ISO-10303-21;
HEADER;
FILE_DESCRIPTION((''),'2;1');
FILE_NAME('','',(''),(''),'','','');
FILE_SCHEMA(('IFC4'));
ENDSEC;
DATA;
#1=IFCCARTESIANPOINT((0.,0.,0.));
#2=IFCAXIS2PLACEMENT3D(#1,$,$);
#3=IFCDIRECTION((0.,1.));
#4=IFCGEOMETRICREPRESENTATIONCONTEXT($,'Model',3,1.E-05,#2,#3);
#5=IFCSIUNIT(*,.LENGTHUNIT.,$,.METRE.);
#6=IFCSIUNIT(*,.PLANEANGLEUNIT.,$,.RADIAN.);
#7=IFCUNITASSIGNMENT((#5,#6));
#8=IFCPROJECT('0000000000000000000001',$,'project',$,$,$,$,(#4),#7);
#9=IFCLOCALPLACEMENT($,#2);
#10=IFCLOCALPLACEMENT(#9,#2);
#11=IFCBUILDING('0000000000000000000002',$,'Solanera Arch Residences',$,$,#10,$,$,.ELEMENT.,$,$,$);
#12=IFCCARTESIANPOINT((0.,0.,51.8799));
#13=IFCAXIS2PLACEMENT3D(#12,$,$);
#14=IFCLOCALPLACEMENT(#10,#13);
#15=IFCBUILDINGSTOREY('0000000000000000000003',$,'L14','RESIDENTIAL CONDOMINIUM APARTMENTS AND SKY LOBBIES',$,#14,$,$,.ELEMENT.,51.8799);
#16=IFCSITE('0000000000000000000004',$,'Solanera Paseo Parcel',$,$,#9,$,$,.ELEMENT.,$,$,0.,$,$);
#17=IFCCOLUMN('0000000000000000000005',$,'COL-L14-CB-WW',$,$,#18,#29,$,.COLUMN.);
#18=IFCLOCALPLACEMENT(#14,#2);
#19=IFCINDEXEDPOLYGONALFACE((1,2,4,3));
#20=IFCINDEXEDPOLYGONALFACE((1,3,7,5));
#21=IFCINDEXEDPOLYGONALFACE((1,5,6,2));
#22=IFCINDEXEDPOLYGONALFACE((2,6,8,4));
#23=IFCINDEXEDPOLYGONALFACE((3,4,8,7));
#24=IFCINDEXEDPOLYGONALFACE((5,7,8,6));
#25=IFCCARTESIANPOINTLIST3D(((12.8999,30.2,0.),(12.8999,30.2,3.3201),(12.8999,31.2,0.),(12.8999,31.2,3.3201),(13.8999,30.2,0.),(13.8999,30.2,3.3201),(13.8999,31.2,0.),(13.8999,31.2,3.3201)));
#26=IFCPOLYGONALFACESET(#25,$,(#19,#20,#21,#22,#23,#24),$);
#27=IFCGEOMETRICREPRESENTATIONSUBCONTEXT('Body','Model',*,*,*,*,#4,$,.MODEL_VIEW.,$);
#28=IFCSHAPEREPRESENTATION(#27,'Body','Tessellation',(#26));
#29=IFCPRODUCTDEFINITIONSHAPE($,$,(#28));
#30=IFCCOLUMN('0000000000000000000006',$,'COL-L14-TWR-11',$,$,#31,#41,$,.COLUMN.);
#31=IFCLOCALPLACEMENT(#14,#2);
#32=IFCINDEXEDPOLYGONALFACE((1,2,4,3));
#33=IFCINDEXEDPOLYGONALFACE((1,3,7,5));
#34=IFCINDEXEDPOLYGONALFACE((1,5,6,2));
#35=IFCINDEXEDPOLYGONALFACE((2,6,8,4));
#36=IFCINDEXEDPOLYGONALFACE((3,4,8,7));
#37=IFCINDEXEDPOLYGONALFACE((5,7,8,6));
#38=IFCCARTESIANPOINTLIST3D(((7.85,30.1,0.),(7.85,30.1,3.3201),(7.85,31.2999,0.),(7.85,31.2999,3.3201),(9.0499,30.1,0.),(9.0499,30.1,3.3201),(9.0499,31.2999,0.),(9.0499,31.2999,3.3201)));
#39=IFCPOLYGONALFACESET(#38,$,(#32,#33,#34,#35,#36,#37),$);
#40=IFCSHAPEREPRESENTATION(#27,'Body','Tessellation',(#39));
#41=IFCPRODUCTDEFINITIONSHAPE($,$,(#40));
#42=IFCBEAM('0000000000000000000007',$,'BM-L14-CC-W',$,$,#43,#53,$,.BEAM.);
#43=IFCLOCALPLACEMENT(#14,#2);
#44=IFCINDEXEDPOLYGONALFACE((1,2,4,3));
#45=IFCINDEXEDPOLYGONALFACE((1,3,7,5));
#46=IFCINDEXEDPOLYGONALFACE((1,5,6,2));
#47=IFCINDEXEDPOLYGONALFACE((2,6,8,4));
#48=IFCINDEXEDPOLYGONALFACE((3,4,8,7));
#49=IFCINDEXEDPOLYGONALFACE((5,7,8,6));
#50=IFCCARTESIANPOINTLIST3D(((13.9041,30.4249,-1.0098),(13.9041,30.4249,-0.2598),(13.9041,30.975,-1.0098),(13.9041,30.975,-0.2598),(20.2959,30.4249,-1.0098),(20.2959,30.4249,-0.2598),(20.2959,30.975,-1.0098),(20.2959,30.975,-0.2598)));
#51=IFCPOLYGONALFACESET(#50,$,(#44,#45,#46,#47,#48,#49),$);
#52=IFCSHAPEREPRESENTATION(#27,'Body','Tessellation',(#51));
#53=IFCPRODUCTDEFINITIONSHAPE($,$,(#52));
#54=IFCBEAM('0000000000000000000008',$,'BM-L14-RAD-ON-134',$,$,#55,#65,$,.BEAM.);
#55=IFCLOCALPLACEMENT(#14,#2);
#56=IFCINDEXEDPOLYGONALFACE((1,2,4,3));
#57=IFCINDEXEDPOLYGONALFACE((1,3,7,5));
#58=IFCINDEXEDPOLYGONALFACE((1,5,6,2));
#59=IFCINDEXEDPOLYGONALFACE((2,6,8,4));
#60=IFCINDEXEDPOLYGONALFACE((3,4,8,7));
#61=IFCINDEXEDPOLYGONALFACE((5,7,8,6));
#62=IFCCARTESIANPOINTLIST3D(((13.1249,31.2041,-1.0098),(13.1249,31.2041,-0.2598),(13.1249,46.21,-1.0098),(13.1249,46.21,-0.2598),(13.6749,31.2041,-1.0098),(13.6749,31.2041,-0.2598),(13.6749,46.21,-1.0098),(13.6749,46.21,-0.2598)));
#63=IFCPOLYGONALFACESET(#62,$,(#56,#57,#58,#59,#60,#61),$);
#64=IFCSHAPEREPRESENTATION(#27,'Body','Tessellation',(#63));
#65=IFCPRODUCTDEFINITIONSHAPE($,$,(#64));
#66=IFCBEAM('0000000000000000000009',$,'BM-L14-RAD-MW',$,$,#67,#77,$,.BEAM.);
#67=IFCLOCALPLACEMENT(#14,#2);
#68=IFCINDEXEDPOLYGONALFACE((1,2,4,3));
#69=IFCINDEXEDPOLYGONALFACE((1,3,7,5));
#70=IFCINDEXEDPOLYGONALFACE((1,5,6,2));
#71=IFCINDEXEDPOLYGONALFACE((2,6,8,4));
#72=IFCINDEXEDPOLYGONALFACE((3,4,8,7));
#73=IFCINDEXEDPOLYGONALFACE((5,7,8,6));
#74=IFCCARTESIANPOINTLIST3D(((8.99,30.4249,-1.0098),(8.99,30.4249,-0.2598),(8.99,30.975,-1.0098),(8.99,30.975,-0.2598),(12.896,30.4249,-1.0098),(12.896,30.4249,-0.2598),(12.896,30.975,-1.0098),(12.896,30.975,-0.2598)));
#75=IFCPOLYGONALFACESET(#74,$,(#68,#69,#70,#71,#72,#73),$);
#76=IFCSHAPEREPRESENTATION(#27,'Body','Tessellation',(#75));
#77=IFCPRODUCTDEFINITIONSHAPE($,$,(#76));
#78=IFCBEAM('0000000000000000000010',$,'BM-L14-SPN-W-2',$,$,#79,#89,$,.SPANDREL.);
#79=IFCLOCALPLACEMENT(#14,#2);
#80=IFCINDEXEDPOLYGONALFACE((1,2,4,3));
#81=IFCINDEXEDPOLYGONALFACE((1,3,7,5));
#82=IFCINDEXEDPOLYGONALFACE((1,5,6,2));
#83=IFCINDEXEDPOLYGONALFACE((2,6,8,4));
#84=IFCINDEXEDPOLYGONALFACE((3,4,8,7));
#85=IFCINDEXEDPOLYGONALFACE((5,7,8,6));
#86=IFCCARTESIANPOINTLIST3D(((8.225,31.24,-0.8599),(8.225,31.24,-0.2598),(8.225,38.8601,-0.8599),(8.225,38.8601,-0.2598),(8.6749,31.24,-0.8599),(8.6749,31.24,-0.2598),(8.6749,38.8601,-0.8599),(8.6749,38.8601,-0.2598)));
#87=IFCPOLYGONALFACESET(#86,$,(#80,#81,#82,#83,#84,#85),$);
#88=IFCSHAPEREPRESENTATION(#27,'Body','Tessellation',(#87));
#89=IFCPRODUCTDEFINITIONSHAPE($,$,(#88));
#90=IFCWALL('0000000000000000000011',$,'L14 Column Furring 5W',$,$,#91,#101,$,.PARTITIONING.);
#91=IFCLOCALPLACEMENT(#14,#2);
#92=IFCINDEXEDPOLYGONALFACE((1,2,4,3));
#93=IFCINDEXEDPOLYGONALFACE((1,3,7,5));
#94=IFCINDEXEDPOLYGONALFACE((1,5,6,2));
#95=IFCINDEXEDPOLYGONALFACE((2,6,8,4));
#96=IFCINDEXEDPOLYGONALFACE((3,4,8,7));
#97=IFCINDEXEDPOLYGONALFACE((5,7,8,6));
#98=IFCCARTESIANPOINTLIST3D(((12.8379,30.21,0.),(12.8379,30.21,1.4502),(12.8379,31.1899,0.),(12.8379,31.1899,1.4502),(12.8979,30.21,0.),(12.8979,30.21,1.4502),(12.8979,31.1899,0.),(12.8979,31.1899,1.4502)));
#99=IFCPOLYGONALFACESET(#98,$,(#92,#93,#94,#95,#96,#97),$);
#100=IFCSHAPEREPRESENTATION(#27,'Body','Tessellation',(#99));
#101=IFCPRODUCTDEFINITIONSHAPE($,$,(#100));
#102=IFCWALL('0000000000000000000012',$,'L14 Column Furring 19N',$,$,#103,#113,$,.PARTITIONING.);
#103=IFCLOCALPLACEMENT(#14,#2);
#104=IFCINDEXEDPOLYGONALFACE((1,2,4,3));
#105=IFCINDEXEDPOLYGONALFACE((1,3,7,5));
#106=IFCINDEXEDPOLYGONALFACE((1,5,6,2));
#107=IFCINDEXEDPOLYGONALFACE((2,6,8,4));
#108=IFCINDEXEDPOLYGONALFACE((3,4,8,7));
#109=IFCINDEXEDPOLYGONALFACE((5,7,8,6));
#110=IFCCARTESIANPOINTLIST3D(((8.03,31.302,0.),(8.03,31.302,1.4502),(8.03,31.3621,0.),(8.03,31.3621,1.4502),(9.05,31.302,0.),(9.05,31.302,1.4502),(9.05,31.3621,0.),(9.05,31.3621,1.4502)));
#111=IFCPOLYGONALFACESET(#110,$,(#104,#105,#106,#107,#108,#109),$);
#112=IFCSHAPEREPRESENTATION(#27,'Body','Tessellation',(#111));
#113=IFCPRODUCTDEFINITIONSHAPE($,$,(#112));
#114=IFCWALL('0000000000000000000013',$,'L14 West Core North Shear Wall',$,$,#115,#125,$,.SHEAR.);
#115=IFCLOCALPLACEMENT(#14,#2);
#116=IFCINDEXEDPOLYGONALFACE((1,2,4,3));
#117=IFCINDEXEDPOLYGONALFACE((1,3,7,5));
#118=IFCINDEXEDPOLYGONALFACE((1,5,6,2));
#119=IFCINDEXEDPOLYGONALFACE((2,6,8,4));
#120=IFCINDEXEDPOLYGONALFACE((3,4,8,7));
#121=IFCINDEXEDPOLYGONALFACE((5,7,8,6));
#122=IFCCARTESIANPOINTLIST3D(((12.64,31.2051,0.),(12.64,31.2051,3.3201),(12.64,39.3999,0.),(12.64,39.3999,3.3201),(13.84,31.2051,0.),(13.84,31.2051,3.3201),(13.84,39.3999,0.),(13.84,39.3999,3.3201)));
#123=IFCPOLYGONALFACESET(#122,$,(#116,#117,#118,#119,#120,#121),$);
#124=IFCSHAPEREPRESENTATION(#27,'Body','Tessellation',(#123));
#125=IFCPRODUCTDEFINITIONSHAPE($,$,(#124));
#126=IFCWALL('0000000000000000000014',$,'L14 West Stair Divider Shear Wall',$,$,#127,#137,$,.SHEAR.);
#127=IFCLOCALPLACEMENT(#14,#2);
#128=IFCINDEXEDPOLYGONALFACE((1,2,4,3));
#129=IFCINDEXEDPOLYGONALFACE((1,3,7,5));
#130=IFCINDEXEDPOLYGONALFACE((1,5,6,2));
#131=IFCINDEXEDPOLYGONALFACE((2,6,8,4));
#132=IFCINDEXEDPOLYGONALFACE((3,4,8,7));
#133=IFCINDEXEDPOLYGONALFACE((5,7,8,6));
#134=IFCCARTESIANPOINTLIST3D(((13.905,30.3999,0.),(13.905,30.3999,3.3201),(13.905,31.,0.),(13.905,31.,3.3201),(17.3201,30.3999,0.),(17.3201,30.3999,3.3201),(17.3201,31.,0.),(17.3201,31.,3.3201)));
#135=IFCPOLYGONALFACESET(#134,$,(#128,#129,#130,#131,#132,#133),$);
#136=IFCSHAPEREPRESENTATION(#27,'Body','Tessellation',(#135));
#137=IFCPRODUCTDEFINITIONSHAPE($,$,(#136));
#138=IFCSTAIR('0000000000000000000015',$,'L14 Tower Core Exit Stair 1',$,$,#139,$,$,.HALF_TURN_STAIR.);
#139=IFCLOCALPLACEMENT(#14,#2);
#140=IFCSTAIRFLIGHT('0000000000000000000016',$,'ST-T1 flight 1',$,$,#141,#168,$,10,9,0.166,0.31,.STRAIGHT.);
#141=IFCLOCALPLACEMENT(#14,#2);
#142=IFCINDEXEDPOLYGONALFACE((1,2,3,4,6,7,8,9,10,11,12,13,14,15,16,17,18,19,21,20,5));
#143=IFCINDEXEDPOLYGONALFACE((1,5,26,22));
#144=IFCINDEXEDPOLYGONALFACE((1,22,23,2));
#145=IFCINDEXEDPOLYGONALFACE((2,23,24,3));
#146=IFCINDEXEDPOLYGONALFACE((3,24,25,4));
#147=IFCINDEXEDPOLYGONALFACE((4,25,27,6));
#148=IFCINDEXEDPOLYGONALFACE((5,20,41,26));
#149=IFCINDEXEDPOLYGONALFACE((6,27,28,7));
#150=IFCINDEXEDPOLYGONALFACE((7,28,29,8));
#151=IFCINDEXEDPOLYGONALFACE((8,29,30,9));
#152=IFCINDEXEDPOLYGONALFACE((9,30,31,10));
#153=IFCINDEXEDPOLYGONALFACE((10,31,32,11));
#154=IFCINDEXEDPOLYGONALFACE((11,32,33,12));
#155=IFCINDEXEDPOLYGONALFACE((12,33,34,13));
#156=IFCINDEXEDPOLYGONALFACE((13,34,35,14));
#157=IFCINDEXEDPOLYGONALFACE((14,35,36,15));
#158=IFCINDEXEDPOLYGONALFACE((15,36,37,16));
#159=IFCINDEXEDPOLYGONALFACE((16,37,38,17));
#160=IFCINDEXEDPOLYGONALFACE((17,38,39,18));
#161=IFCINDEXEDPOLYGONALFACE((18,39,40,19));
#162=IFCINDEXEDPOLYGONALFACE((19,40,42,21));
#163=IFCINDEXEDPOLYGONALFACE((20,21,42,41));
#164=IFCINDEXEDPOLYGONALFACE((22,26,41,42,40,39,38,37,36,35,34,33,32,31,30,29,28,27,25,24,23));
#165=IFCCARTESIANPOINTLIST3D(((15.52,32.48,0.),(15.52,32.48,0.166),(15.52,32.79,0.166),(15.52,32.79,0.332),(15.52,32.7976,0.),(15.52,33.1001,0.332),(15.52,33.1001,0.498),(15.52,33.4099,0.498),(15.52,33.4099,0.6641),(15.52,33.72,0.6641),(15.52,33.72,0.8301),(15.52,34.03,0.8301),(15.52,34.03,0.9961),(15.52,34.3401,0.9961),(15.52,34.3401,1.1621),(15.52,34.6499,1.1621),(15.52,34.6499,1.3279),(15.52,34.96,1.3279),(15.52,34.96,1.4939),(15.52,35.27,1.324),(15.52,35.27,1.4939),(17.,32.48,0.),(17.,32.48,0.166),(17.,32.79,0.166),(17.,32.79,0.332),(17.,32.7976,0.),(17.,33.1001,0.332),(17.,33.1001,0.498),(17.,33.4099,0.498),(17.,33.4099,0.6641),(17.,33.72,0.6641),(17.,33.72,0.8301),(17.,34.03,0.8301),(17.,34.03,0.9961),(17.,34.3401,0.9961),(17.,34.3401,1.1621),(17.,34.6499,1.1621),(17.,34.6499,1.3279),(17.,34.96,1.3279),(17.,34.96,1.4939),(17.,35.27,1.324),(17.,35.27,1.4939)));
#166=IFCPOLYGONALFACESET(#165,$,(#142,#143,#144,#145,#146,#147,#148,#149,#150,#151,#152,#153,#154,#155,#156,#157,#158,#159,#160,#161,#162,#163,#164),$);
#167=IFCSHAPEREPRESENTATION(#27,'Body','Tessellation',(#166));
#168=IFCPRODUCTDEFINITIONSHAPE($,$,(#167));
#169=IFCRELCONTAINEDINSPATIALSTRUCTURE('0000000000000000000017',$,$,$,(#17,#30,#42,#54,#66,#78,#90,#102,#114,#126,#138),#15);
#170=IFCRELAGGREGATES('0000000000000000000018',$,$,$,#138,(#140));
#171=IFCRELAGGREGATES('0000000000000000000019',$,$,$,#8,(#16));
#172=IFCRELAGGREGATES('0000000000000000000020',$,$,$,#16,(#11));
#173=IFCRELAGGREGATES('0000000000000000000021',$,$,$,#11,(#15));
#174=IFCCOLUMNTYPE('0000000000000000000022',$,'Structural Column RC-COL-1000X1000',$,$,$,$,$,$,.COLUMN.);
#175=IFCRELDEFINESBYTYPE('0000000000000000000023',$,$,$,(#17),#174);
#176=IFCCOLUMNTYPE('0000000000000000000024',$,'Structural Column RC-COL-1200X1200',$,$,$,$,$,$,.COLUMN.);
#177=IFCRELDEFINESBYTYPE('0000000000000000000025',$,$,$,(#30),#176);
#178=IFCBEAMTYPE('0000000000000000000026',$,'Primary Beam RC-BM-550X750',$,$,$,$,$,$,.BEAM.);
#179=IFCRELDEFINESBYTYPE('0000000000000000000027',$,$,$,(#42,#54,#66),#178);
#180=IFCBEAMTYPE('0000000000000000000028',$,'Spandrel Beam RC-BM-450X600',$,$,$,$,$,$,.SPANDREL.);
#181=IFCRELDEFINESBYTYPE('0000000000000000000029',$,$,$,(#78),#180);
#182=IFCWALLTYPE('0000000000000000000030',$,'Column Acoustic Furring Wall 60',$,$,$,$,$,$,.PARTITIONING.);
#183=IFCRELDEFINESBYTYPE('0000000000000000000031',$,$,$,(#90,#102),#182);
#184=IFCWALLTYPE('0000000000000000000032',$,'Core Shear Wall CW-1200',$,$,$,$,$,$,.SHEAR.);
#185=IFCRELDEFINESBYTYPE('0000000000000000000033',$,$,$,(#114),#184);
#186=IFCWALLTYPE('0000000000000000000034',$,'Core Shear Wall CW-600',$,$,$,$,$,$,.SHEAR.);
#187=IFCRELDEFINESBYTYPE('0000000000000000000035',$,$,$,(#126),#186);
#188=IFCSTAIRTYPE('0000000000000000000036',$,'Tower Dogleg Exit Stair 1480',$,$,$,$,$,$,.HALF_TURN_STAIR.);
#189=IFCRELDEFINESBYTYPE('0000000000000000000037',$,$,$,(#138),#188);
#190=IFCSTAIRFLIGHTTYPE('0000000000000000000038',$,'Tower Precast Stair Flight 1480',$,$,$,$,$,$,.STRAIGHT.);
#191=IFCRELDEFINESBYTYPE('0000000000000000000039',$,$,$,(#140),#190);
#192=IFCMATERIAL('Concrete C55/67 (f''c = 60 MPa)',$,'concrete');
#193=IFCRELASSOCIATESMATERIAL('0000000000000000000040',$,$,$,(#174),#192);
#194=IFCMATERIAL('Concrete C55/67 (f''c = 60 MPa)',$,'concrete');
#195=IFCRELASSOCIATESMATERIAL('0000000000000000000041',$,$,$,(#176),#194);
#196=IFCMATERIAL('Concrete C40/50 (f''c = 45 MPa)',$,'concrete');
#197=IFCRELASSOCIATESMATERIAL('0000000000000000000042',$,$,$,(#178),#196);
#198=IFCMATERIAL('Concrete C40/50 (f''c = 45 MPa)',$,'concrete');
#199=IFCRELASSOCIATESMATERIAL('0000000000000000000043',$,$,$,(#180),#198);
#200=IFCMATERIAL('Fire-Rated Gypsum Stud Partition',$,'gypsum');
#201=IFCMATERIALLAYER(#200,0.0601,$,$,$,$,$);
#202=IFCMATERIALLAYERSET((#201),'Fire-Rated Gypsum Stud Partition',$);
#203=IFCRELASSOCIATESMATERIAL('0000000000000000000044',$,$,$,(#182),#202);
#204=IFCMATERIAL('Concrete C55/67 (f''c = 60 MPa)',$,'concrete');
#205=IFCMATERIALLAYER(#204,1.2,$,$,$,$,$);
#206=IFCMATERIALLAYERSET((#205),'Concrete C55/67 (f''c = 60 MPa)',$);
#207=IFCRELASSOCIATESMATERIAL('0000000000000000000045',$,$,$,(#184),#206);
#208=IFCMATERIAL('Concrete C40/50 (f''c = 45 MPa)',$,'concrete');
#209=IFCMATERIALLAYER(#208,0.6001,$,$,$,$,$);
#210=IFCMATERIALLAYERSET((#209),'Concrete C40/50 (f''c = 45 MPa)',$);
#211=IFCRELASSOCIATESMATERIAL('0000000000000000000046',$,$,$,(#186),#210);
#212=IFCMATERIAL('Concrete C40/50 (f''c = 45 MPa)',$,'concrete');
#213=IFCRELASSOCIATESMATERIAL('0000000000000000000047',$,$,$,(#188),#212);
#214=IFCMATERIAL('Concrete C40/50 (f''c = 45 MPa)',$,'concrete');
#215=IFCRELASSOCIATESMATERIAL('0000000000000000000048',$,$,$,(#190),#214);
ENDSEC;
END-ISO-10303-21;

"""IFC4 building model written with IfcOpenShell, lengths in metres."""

from ifc_helpers import new_model, si_unit, direction, frame, frame_2d, origin, origin_2d, place, context, subcontext, project, spatial, polyline, rectangle, outline, extrude, material, layer, layer_set, material_profile, profile_set, type_object, element, aggregate, save


model = new_model("IFC4")

# Units and contexts
model_context = context("Model", 3, precision=1e-05, world=origin(), true_north=direction((0.0, 1.0)))
body_context = subcontext(model_context, "Body", "Model", "MODEL_VIEW")
ifc_project = project(units=[si_unit("LENGTHUNIT", "METRE"), si_unit("PLANEANGLEUNIT", "RADIAN")], contexts=[model_context])

# Site, building, storey
site_placement = place(None, origin())
site = spatial("IfcSite", under=ifc_project, at=site_placement, Name="Solanera Paseo Parcel", CompositionType="ELEMENT", RefElevation=0.0)
building_placement = place(site_placement, origin())
building = spatial("IfcBuilding", under=site, at=building_placement, Name="Solanera Arch Residences", CompositionType="ELEMENT")
storey_placement = place(building_placement, frame((0.0, 0.0, 51.8799)))
storey = spatial("IfcBuildingStorey", under=building, at=storey_placement, Name="L14", Description="RESIDENTIAL CONDOMINIUM APARTMENTS AND SKY LOBBIES", CompositionType="ELEMENT", Elevation=51.8799)

# Columns
ifc_material_1 = material(Name="Concrete C55/67 (f'c = 60 MPa)", Category="concrete")
ifc_material_profile_1 = material_profile(ifc_material_1, rectangle(XDim=1.0, YDim=1.0, at=origin_2d()))
ifc_profile_set_1 = profile_set([ifc_material_profile_1], Name="Concrete C55/67 (f'c = 60 MPa)")
column_type_1 = type_object("IfcColumnType", Name="Structural Column RC-COL-1000X1000", PredefinedType="COLUMN", material=ifc_profile_set_1)
column_1_placement = place(storey_placement, frame((13.3999, 30.7, 0.0), z_axis=(0.0, 0.0, 1.0), x_axis=(1.0, 0.0, 0.0)))
element("IfcColumn", 1, at=column_1_placement, inside=storey, type_object=column_type_1, Name="COL-L14-CB-WW", PredefinedType="COLUMN", context=body_context, shape_type="SweptSolid", body=[
    extrude(rectangle(XDim=1.0, YDim=1.0, at=origin_2d()), origin(), (0.0, 0.0, 1.0), 3.3201),
])
ifc_material_2 = material(Name="Concrete C55/67 (f'c = 60 MPa)", Category="concrete")
ifc_material_profile_2 = material_profile(ifc_material_2, rectangle(XDim=1.2, YDim=1.2, at=origin_2d()))
ifc_profile_set_2 = profile_set([ifc_material_profile_2], Name="Concrete C55/67 (f'c = 60 MPa)")
column_type_2 = type_object("IfcColumnType", Name="Structural Column RC-COL-1200X1200", PredefinedType="COLUMN", material=ifc_profile_set_2)
column_2_placement = place(storey_placement, frame((8.45, 30.7, 0.0), z_axis=(0.0, 0.0, 1.0), x_axis=(1.0, 0.0, 0.0)))
element("IfcColumn", 2, at=column_2_placement, inside=storey, type_object=column_type_2, Name="COL-L14-TWR-11", PredefinedType="COLUMN", context=body_context, shape_type="SweptSolid", body=[
    extrude(rectangle(XDim=1.2, YDim=1.2, at=origin_2d()), origin(), (0.0, 0.0, 1.0), 3.3201),
])

# Beams
ifc_material_3 = material(Name="Concrete C40/50 (f'c = 45 MPa)", Category="concrete")
ifc_material_profile_3 = material_profile(ifc_material_3, rectangle(XDim=0.55, YDim=0.75, at=origin_2d()))
ifc_profile_set_3 = profile_set([ifc_material_profile_3], Name="Concrete C40/50 (f'c = 45 MPa)")
beam_type_1 = type_object("IfcBeamType", Name="Primary Beam RC-BM-550X750", PredefinedType="BEAM", material=ifc_profile_set_3)
beam_1_placement = place(storey_placement, frame((13.9041, 30.7, -0.6348), z_axis=(1.0, 0.0, 0.0), x_axis=(0.0, 1.0, 0.0)))
element("IfcBeam", 3, at=beam_1_placement, inside=storey, type_object=beam_type_1, Name="BM-L14-CC-W", PredefinedType="BEAM", context=body_context, shape_type="SweptSolid", body=[
    extrude(rectangle(XDim=0.55, YDim=0.75, at=origin_2d()), origin(), (0.0, 0.0, 1.0), 6.3918),
])
beam_2_placement = place(storey_placement, frame((13.3999, 31.2041, -0.6348), z_axis=(0.0, 1.0, 0.0), x_axis=(-1.0, 0.0, 0.0)))
element("IfcBeam", 4, at=beam_2_placement, inside=storey, type_object=beam_type_1, Name="BM-L14-RAD-ON-134", PredefinedType="BEAM", context=body_context, shape_type="SweptSolid", body=[
    extrude(rectangle(XDim=0.55, YDim=0.75, at=origin_2d()), origin(), (0.0, 0.0, 1.0), 15.0059),
])
beam_3_placement = place(storey_placement, frame((8.99, 30.7, -0.6348), z_axis=(1.0, 0.0, 0.0), x_axis=(0.0, 1.0, 0.0)))
element("IfcBeam", 5, at=beam_3_placement, inside=storey, type_object=beam_type_1, Name="BM-L14-RAD-MW", PredefinedType="BEAM", context=body_context, shape_type="SweptSolid", body=[
    extrude(rectangle(XDim=0.55, YDim=0.75, at=origin_2d()), origin(), (0.0, 0.0, 1.0), 3.906),
])
ifc_material_4 = material(Name="Concrete C40/50 (f'c = 45 MPa)", Category="concrete")
ifc_material_profile_4 = material_profile(ifc_material_4, rectangle(XDim=0.45, YDim=0.6001, at=origin_2d()))
ifc_profile_set_4 = profile_set([ifc_material_profile_4], Name="Concrete C40/50 (f'c = 45 MPa)")
beam_type_2 = type_object("IfcBeamType", Name="Spandrel Beam RC-BM-450X600", PredefinedType="SPANDREL", material=ifc_profile_set_4)
beam_4_placement = place(storey_placement, frame((8.45, 31.24, -0.5598), z_axis=(0.0, 1.0, 0.0), x_axis=(-1.0, 0.0, 0.0)))
element("IfcBeam", 6, at=beam_4_placement, inside=storey, type_object=beam_type_2, Name="BM-L14-SPN-W-2", PredefinedType="SPANDREL", context=body_context, shape_type="SweptSolid", body=[
    extrude(rectangle(XDim=0.45, YDim=0.6001, at=origin_2d()), origin(), (0.0, 0.0, 1.0), 7.6201),
])

# Walls
ifc_material_5 = material(Name="Fire-Rated Gypsum Stud Partition", Category="gypsum")
ifc_layer_1 = layer(ifc_material_5, 0.0601)
ifc_layer_set_1 = layer_set([ifc_layer_1], Name="Fire-Rated Gypsum Stud Partition")
wall_type_1 = type_object("IfcWallType", Name="Column Acoustic Furring Wall 60", PredefinedType="PARTITIONING", material=ifc_layer_set_1)
wall_1_placement = place(storey_placement, frame((12.8679, 30.21, 0.0), z_axis=(0.0, 0.0, 1.0), x_axis=(0.0, 1.0, 0.0)))
element("IfcWall", 7, at=wall_1_placement, inside=storey, type_object=wall_type_1, Name="L14 Column Furring 5W", PredefinedType="PARTITIONING", context=body_context, shape_type="SweptSolid", body=[
    extrude(rectangle(XDim=0.98, YDim=0.0601, at=frame_2d((0.49, 0.0))), origin(), (0.0, 0.0, 1.0), 1.4502),
])
wall_2_placement = place(storey_placement, frame((8.03, 31.332, 0.0), z_axis=(0.0, 0.0, 1.0), x_axis=(1.0, 0.0, 0.0)))
element("IfcWall", 8, at=wall_2_placement, inside=storey, type_object=wall_type_1, Name="L14 Column Furring 19N", PredefinedType="PARTITIONING", context=body_context, shape_type="SweptSolid", body=[
    extrude(rectangle(XDim=1.02, YDim=0.0601, at=frame_2d((0.51, 0.0))), origin(), (0.0, 0.0, 1.0), 1.4502),
])
ifc_material_6 = material(Name="Concrete C55/67 (f'c = 60 MPa)", Category="concrete")
ifc_layer_2 = layer(ifc_material_6, 1.2)
ifc_layer_set_2 = layer_set([ifc_layer_2], Name="Concrete C55/67 (f'c = 60 MPa)")
wall_type_2 = type_object("IfcWallType", Name="Core Shear Wall CW-1200", PredefinedType="SHEAR", material=ifc_layer_set_2)
wall_3_placement = place(storey_placement, frame((13.24, 31.2051, 0.0), z_axis=(0.0, 0.0, 1.0), x_axis=(0.0, 1.0, 0.0)))
element("IfcWall", 9, at=wall_3_placement, inside=storey, type_object=wall_type_2, Name="L14 West Core North Shear Wall", PredefinedType="SHEAR", context=body_context, shape_type="SweptSolid", body=[
    extrude(rectangle(XDim=8.1948, YDim=1.2, at=frame_2d((4.0974, 0.0))), origin(), (0.0, 0.0, 1.0), 3.3201),
])
ifc_material_7 = material(Name="Concrete C40/50 (f'c = 45 MPa)", Category="concrete")
ifc_layer_3 = layer(ifc_material_7, 0.6001)
ifc_layer_set_3 = layer_set([ifc_layer_3], Name="Concrete C40/50 (f'c = 45 MPa)")
wall_type_3 = type_object("IfcWallType", Name="Core Shear Wall CW-600", PredefinedType="SHEAR", material=ifc_layer_set_3)
wall_4_placement = place(storey_placement, frame((13.905, 30.7, 0.0), z_axis=(0.0, 0.0, 1.0), x_axis=(1.0, 0.0, 0.0)))
element("IfcWall", 10, at=wall_4_placement, inside=storey, type_object=wall_type_3, Name="L14 West Stair Divider Shear Wall", PredefinedType="SHEAR", context=body_context, shape_type="SweptSolid", body=[
    extrude(rectangle(XDim=3.415, YDim=0.6001, at=frame_2d((1.7075, 0.0))), origin(), (0.0, 0.0, 1.0), 3.3201),
])

# Stair, stair flight
ifc_material_8 = material(Name="Concrete C40/50 (f'c = 45 MPa)", Category="concrete")
stair_type = type_object("IfcStairType", Name="Tower Dogleg Exit Stair 1480", PredefinedType="HALF_TURN_STAIR", material=ifc_material_8)
stair_placement = place(storey_placement, origin())
stair = element("IfcStair", 11, at=stair_placement, inside=storey, type_object=stair_type, Name="L14 Tower Core Exit Stair 1", PredefinedType="HALF_TURN_STAIR")
ifc_material_9 = material(Name="Concrete C40/50 (f'c = 45 MPa)", Category="concrete")
stair_flight_type = type_object("IfcStairFlightType", Name="Tower Precast Stair Flight 1480", PredefinedType="STRAIGHT", material=ifc_material_9)
stair_flight_1_placement = place(storey_placement, frame((16.26, 32.48, 0.0), z_axis=(0.0, 0.0, 1.0), x_axis=(0.0, 1.0, 0.0)))
stair_flight_1 = element("IfcStairFlight", 12, at=stair_flight_1_placement, type_object=stair_flight_type, Name="ST-T1 flight 1", NumberOfRisers=10, NumberOfTreads=9, PredefinedType="STRAIGHT", RiserHeight=0.166, TreadLength=0.31, context=body_context, shape_type="SweptSolid", body=[
    extrude(outline(polyline([(0.0, 0.0), (0.0, 0.166), (0.3101, 0.166), (0.3101, 0.332), (0.6201, 0.332), (0.6201, 0.498), (0.9299, 0.498), (0.9299, 0.6641), (1.24, 0.6641), (1.24, 0.8301), (1.55, 0.8301), (1.55, 0.9961), (1.8601, 0.9961), (1.8601, 1.1621), (2.1699, 1.1621), (2.1699, 1.3279), (2.48, 1.3279), (2.48, 1.4939), (2.79, 1.4939), (2.79, 1.6599), (2.79, 1.324), (0.3176, 0.0), (0.0, 0.0)])), frame((0.0, 0.74, 0.0), z_axis=(0.0, -1.0, 0.0), x_axis=(1.0, 0.0, 0.0)), (0.0, 0.0, 1.0), 1.48),
])
aggregate(stair, [stair_flight_1])

save(model, "model.ifc")
